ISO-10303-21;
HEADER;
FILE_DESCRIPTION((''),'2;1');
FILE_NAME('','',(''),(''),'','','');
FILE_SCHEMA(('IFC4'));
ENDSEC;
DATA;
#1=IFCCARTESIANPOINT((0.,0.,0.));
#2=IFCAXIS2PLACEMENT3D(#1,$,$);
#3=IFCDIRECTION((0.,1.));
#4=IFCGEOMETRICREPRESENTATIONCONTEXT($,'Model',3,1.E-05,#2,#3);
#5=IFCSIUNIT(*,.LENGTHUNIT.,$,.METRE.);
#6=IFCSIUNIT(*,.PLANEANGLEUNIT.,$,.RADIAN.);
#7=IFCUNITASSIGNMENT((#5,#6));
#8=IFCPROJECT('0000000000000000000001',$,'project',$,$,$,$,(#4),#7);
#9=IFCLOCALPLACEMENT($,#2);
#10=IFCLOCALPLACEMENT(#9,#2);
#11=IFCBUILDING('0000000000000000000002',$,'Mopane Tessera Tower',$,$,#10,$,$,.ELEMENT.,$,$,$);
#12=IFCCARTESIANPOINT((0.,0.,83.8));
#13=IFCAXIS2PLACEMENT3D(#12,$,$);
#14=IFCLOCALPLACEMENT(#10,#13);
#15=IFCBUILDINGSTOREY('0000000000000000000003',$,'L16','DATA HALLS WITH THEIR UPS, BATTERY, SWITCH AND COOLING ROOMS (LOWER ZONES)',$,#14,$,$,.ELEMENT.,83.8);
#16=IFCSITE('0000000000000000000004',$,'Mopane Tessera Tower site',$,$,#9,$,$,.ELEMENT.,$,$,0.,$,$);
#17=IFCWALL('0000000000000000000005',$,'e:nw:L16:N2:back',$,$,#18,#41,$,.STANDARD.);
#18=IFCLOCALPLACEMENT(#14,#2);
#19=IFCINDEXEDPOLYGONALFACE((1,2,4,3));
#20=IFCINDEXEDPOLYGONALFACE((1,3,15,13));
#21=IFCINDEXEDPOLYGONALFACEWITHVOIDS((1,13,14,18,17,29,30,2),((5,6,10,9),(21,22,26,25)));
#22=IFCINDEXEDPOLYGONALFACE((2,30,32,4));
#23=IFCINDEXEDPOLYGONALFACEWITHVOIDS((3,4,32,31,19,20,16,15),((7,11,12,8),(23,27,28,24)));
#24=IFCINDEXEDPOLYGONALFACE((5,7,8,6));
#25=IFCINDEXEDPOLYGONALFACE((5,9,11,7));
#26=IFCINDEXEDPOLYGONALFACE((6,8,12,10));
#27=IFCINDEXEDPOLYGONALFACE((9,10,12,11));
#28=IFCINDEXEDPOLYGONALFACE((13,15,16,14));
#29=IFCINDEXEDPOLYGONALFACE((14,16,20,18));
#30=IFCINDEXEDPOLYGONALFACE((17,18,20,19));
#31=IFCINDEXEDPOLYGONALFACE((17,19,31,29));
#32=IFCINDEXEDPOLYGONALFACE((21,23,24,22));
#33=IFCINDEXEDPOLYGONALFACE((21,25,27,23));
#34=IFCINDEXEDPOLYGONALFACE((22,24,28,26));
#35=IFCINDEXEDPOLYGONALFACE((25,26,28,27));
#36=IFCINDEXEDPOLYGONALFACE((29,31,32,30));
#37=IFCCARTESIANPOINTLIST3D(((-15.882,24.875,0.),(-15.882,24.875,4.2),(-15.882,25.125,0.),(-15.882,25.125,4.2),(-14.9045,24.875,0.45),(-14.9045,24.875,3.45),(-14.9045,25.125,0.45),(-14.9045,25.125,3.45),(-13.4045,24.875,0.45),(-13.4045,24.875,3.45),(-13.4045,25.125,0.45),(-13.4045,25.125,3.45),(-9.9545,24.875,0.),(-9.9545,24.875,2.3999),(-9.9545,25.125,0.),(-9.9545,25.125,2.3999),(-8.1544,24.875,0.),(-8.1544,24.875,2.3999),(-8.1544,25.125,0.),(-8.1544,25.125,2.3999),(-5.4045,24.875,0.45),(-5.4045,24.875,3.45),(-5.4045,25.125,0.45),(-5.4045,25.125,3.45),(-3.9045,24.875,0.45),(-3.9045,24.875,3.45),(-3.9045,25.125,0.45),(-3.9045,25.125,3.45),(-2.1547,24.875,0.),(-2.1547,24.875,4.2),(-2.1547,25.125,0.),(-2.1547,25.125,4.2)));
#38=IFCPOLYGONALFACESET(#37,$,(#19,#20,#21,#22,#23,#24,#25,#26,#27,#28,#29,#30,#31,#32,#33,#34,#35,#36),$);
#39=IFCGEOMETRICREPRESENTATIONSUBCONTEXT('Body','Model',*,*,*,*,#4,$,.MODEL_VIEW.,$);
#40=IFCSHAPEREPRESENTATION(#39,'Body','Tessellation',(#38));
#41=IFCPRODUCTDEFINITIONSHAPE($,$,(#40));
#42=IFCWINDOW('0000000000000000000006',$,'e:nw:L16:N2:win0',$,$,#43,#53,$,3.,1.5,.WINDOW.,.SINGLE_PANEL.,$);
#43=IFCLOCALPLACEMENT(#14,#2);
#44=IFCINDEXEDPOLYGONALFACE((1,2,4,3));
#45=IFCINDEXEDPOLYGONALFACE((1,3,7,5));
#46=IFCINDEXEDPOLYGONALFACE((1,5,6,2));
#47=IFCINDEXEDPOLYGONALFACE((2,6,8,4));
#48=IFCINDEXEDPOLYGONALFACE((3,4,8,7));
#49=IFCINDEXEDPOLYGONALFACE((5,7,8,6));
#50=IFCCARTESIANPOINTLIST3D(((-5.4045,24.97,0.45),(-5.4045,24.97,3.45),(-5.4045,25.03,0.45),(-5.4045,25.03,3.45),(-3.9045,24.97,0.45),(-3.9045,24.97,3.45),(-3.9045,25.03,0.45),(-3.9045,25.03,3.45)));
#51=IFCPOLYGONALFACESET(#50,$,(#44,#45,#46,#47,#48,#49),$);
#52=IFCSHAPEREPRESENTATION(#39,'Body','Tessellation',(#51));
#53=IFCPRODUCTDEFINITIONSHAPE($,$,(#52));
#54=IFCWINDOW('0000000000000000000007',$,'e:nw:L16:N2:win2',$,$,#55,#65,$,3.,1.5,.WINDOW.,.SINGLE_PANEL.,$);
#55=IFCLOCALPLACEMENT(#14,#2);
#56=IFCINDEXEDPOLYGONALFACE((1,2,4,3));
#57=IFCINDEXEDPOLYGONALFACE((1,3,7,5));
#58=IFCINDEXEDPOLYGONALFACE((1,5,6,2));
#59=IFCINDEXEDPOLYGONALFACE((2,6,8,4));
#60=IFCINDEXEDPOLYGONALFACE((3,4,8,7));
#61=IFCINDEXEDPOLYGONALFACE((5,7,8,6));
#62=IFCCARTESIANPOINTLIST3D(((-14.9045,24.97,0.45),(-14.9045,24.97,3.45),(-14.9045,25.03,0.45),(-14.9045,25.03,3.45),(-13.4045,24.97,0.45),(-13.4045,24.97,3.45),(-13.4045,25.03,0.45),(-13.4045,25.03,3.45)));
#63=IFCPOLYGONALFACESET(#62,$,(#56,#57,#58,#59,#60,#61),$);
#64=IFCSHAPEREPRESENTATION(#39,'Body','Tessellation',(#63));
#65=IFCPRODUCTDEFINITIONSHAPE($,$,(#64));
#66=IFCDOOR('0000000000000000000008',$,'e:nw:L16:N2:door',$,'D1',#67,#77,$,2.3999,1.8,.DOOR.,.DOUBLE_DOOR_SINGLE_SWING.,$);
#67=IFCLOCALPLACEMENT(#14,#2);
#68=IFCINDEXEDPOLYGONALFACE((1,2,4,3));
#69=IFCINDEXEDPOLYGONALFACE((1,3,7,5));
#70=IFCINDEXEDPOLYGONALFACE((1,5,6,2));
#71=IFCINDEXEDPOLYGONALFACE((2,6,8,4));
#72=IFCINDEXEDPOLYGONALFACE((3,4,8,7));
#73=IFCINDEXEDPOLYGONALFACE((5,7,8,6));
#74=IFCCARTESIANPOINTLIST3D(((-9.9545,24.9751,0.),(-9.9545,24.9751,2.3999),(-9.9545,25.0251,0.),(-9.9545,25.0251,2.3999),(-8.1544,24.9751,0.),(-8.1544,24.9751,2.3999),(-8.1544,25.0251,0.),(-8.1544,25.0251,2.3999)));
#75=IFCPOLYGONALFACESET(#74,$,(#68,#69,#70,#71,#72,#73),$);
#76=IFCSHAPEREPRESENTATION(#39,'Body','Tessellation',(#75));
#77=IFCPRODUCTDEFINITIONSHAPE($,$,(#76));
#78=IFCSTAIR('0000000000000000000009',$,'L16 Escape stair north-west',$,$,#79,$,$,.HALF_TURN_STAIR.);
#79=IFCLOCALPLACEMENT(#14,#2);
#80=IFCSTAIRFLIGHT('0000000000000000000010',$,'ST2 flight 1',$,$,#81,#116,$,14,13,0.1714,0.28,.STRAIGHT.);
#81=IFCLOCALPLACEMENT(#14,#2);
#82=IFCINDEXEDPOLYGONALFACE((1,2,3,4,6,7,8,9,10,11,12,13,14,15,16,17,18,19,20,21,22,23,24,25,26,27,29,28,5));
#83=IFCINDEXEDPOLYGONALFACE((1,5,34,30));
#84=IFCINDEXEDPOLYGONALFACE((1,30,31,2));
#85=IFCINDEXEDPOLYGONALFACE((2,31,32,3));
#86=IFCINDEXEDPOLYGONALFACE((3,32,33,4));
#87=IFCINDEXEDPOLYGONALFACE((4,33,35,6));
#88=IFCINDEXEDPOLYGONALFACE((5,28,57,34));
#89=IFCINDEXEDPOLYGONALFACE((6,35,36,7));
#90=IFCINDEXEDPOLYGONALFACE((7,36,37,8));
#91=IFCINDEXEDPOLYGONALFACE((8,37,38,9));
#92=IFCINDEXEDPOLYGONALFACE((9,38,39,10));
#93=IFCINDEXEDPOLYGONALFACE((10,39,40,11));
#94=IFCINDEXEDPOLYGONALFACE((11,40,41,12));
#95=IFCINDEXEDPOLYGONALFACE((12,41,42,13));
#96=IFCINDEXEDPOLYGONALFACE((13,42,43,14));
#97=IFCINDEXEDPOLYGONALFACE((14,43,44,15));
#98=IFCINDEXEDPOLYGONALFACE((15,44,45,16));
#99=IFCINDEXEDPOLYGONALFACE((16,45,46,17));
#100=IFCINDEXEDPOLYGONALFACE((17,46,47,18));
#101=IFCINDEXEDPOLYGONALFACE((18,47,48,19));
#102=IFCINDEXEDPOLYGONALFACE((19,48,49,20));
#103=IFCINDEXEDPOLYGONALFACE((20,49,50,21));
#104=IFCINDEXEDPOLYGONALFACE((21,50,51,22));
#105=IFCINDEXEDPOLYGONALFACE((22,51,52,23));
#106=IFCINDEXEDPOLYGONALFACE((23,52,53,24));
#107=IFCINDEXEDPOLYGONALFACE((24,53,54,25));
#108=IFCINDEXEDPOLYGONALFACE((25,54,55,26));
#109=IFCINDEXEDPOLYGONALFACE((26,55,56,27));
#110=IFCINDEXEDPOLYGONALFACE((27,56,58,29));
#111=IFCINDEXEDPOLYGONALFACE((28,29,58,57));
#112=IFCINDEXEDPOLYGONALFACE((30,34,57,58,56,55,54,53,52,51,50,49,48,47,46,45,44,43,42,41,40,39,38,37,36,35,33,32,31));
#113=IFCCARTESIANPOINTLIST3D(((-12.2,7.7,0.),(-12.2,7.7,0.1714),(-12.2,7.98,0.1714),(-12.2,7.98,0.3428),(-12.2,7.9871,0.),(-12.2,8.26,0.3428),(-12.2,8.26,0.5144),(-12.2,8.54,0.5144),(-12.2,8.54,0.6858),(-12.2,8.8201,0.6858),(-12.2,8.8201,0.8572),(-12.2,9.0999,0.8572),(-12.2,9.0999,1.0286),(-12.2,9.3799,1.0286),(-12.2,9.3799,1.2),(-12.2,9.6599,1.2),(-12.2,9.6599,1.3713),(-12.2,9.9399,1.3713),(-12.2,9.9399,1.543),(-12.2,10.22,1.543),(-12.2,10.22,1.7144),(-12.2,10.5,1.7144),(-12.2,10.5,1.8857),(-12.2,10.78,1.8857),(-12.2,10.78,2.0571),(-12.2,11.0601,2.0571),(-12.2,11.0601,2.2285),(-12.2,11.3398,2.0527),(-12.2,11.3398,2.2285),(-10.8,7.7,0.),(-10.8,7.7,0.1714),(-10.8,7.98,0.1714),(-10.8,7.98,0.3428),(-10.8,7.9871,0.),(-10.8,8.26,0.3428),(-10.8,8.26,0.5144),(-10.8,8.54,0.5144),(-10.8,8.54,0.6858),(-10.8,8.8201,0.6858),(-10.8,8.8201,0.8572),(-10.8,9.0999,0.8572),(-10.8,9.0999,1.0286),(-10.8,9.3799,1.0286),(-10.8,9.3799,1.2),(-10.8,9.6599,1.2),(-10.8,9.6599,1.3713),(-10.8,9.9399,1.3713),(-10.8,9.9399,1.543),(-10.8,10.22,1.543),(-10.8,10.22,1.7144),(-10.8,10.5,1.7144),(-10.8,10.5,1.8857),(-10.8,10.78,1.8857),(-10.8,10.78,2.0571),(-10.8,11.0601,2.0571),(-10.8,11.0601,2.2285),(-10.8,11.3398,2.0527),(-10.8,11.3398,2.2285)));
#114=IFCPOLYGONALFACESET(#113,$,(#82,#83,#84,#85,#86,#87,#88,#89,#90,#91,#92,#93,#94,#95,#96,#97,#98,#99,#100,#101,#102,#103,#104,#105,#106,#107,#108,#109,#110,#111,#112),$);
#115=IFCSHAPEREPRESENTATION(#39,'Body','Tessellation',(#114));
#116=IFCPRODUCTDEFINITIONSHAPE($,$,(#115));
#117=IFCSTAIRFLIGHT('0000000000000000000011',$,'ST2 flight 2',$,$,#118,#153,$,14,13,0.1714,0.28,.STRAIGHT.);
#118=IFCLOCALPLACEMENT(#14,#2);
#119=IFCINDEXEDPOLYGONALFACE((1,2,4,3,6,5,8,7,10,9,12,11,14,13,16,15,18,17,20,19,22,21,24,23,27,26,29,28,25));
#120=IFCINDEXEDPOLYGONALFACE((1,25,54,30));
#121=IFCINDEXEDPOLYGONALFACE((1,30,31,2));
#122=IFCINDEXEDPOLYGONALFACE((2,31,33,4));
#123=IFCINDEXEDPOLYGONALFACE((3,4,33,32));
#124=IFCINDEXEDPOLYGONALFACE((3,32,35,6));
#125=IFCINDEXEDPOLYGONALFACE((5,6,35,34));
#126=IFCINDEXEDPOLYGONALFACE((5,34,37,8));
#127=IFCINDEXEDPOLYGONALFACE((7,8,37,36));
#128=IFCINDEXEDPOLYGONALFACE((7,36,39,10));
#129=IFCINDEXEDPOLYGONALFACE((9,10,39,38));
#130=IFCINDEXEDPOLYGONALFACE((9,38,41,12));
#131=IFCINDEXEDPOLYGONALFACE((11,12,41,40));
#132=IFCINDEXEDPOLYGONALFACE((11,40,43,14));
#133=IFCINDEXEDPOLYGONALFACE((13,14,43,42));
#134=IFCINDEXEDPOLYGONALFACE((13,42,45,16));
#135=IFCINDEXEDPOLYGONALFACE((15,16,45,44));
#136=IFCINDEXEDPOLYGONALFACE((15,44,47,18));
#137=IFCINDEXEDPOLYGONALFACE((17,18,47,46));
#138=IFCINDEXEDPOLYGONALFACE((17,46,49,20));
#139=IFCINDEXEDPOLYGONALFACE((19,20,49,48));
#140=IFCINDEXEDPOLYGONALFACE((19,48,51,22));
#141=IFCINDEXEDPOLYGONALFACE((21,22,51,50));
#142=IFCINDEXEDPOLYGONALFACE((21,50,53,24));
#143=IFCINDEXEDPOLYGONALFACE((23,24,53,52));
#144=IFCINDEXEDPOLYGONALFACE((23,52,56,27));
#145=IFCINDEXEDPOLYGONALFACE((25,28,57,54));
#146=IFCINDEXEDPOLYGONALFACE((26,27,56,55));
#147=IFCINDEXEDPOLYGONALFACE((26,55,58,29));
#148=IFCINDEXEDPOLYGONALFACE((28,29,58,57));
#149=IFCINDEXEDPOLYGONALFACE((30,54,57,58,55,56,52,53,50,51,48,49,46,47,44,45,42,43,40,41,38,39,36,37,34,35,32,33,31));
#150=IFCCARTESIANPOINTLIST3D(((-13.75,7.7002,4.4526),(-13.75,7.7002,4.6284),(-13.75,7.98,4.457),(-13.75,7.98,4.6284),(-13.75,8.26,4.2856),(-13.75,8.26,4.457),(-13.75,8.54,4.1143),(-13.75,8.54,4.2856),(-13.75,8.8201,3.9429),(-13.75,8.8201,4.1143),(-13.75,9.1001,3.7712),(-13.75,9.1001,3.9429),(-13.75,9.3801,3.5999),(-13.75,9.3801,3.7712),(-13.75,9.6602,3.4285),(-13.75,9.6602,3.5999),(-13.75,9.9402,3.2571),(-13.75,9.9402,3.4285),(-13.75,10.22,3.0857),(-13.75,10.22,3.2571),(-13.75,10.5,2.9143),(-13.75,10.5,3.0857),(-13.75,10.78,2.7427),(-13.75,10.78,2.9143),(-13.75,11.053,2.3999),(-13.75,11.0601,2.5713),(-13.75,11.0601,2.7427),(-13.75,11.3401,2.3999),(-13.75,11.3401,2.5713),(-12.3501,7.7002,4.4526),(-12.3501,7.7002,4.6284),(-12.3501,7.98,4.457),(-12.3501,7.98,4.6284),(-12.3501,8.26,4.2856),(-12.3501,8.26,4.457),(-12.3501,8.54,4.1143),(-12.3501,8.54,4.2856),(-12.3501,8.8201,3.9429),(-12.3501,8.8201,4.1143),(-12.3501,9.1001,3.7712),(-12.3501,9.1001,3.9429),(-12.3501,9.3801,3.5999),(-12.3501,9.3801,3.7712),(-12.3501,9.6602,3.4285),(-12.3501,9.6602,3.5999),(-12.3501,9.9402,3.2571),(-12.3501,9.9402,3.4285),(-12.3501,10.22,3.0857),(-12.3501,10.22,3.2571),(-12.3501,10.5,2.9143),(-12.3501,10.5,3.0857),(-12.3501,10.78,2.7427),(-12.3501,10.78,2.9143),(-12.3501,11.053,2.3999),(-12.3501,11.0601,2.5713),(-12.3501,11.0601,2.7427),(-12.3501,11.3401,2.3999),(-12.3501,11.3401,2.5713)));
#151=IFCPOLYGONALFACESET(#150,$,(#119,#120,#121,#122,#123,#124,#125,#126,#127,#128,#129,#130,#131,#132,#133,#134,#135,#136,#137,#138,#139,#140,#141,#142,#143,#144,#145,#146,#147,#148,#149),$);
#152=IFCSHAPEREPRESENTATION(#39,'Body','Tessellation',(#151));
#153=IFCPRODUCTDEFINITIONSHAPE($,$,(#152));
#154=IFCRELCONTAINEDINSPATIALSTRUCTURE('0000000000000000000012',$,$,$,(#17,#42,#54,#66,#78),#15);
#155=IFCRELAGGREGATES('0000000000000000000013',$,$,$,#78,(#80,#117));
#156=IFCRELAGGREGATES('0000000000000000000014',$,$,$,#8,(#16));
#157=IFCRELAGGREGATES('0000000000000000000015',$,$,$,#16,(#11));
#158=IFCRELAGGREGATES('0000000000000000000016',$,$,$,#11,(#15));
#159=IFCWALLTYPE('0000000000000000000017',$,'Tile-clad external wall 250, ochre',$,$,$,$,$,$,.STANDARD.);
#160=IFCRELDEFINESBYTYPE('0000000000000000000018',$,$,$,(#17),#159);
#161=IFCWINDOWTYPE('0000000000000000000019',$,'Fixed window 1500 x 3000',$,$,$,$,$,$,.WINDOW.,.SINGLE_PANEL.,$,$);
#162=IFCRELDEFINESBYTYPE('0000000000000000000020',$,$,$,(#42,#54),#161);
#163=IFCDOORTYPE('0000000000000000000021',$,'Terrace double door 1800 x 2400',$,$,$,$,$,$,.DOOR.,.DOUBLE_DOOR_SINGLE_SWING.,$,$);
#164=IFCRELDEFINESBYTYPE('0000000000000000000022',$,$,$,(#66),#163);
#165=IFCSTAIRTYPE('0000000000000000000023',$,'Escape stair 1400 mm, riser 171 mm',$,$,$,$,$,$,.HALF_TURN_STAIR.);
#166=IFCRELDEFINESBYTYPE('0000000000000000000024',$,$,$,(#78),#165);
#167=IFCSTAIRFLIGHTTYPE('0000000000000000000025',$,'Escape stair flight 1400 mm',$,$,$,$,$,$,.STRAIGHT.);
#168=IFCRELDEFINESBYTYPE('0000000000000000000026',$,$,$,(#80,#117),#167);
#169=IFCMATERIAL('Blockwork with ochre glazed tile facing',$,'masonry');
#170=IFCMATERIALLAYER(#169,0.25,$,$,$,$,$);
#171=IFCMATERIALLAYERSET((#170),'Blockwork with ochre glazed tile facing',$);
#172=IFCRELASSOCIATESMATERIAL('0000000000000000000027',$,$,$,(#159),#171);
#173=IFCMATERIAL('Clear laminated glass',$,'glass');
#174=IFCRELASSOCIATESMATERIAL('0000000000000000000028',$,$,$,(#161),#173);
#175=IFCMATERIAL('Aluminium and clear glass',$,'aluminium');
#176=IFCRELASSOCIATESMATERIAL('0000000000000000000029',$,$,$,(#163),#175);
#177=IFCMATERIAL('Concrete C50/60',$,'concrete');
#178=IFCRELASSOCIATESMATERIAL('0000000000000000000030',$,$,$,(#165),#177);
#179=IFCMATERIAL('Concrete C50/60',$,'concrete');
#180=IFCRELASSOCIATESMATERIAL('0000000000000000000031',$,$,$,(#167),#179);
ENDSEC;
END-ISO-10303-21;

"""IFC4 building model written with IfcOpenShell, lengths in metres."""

from ifc_helpers import new_model, si_unit, direction, frame, frame_2d, origin, place, context, subcontext, project, spatial, polyline, rectangle, outline, extrude, material, layer, layer_set, type_object, element, fill, aggregate, save


model = new_model("IFC4")

# Units and contexts
model_context = context("Model", 3, precision=1e-05, world=origin(), true_north=direction((0.0, 1.0)))
body_context = subcontext(model_context, "Body", "Model", "MODEL_VIEW")
ifc_project = project(units=[si_unit("LENGTHUNIT", "METRE"), si_unit("PLANEANGLEUNIT", "RADIAN")], contexts=[model_context])

# Site, building, storey
site_placement = place(None, origin())
site = spatial("IfcSite", under=ifc_project, at=site_placement, Name="Mopane Tessera Tower site", CompositionType="ELEMENT", RefElevation=0.0)
building_placement = place(site_placement, origin())
building = spatial("IfcBuilding", under=site, at=building_placement, Name="Mopane Tessera Tower", CompositionType="ELEMENT")
storey_placement = place(building_placement, frame((0.0, 0.0, 83.8)))
storey = spatial("IfcBuildingStorey", under=building, at=storey_placement, Name="L16", Description="DATA HALLS WITH THEIR UPS, BATTERY, SWITCH AND COOLING ROOMS (LOWER ZONES)", CompositionType="ELEMENT", Elevation=83.8)

# Wall, openings, windows, door
ifc_material_1 = material(Name="Blockwork with ochre glazed tile facing", Category="masonry")
ifc_layer_1 = layer(ifc_material_1, 0.25)
ifc_layer_set_1 = layer_set([ifc_layer_1], Name="Blockwork with ochre glazed tile facing")
wall_type_1 = type_object("IfcWallType", Name="Tile-clad external wall 250, ochre", PredefinedType="STANDARD", material=ifc_layer_set_1)
wall_1_placement = place(storey_placement, frame((-2.1545, 25.0, 0.0), z_axis=(0.0, 0.0, 1.0), x_axis=(-1.0, 0.0, 0.0)))
wall_1 = element("IfcWall", 1, at=wall_1_placement, inside=storey, type_object=wall_type_1, Name="e:nw:L16:N2:back", PredefinedType="STANDARD", context=body_context, shape_type="SweptSolid", body=[
    extrude(rectangle(XDim=13.7273, YDim=0.25, at=frame_2d((6.8638, 0.0))), origin(), (0.0, 0.0, 1.0), 4.2),
])
opening_1_placement = place(wall_1_placement, frame((1.75, 0.0, 0.45)))
opening_1 = element("IfcOpeningElement", 2, at=opening_1_placement, cuts=wall_1, PredefinedType="OPENING", context=body_context, shape_type="SweptSolid", body=[
    extrude(rectangle(XDim=1.5, YDim=3.0, at=frame_2d((0.75, 1.5))), frame((0.0, 0.137, 0.0), z_axis=(0.0, -1.0, 0.0), x_axis=(1.0, 0.0, 0.0)), (0.0, 0.0, 1.0), 0.2739),
])
opening_2_placement = place(wall_1_placement, frame((6.0, 0.0, 0.0)))
opening_2 = element("IfcOpeningElement", 3, at=opening_2_placement, cuts=wall_1, PredefinedType="OPENING", context=body_context, shape_type="SweptSolid", body=[
    extrude(rectangle(XDim=1.8, YDim=2.3999, at=frame_2d((0.8999, 1.2))), frame((0.0, 0.137, 0.0), z_axis=(0.0, -1.0, 0.0), x_axis=(1.0, 0.0, 0.0)), (0.0, 0.0, 1.0), 0.2739),
])
opening_3_placement = place(wall_1_placement, frame((11.25, 0.0, 0.45)))
opening_3 = element("IfcOpeningElement", 4, at=opening_3_placement, cuts=wall_1, PredefinedType="OPENING", context=body_context, shape_type="SweptSolid", body=[
    extrude(rectangle(XDim=1.5, YDim=3.0, at=frame_2d((0.75, 1.5))), frame((0.0, 0.137, 0.0), z_axis=(0.0, -1.0, 0.0), x_axis=(1.0, 0.0, 0.0)), (0.0, 0.0, 1.0), 0.2739),
])
ifc_material_2 = material(Name="Clear laminated glass", Category="glass")
window_type = type_object("IfcWindowType", Name="Fixed window 1500 x 3000", PartitioningType="SINGLE_PANEL", PredefinedType="WINDOW", material=ifc_material_2)
window_1_placement = place(opening_1_placement, origin())
window_1 = element("IfcWindow", 5, at=window_1_placement, inside=storey, type_object=window_type, Name="e:nw:L16:N2:win0", OverallHeight=3.0, OverallWidth=1.5, PartitioningType="SINGLE_PANEL", PredefinedType="WINDOW", context=body_context, shape_type="SweptSolid", body=[
    extrude(rectangle(XDim=1.5, YDim=3.0, at=frame_2d((0.75, 1.5))), frame((0.0, 0.03, 0.0), z_axis=(0.0, -1.0, 0.0), x_axis=(1.0, 0.0, 0.0)), (0.0, 0.0, 1.0), 0.0601),
])
fill(opening_1, window_1)
window_2_placement = place(opening_3_placement, origin())
window_2 = element("IfcWindow", 6, at=window_2_placement, inside=storey, type_object=window_type, Name="e:nw:L16:N2:win2", OverallHeight=3.0, OverallWidth=1.5, PartitioningType="SINGLE_PANEL", PredefinedType="WINDOW", context=body_context, shape_type="SweptSolid", body=[
    extrude(rectangle(XDim=1.5, YDim=3.0, at=frame_2d((0.75, 1.5))), frame((0.0, 0.03, 0.0), z_axis=(0.0, -1.0, 0.0), x_axis=(1.0, 0.0, 0.0)), (0.0, 0.0, 1.0), 0.0601),
])
fill(opening_3, window_2)
ifc_material_3 = material(Name="Aluminium and clear glass", Category="aluminium")
door_type_1 = type_object("IfcDoorType", Name="Terrace double door 1800 x 2400", OperationType="DOUBLE_DOOR_SINGLE_SWING", PredefinedType="DOOR", material=ifc_material_3)
door_1_placement = place(opening_2_placement, origin())
door_1 = element("IfcDoor", 7, at=door_1_placement, inside=storey, type_object=door_type_1, Name="e:nw:L16:N2:door", ObjectType="D1", OperationType="DOUBLE_DOOR_SINGLE_SWING", OverallHeight=2.3999, OverallWidth=1.8, PredefinedType="DOOR", context=body_context, shape_type="SweptSolid", body=[
    extrude(rectangle(XDim=1.8, YDim=2.3999, at=frame_2d((0.8999, 1.2))), frame((0.0, 0.0249, 0.0), z_axis=(0.0, -1.0, 0.0), x_axis=(1.0, 0.0, 0.0)), (0.0, 0.0, 1.0), 0.05),
])
fill(opening_2, door_1)

# Stair, stair flights
ifc_material_4 = material(Name="Concrete C50/60", Category="concrete")
stair_type = type_object("IfcStairType", Name="Escape stair 1400 mm, riser 171 mm", PredefinedType="HALF_TURN_STAIR", material=ifc_material_4)
stair_placement = place(storey_placement, origin())
stair = element("IfcStair", 8, at=stair_placement, inside=storey, type_object=stair_type, Name="L16 Escape stair north-west", PredefinedType="HALF_TURN_STAIR")
ifc_material_5 = material(Name="Concrete C50/60", Category="concrete")
stair_flight_type = type_object("IfcStairFlightType", Name="Escape stair flight 1400 mm", PredefinedType="STRAIGHT", material=ifc_material_5)
stair_flight_1_placement = place(storey_placement, frame((-11.5, 7.7, 0.0), z_axis=(0.0, 0.0, 1.0), x_axis=(0.0, 1.0, 0.0)))
stair_flight_1 = element("IfcStairFlight", 9, at=stair_flight_1_placement, type_object=stair_flight_type, Name="ST2 flight 1", NumberOfRisers=14, NumberOfTreads=13, PredefinedType="STRAIGHT", RiserHeight=0.1714, TreadLength=0.28, context=body_context, shape_type="SweptSolid", body=[
    extrude(outline(polyline([(0.0, 0.0), (0.0, 0.1714), (0.28, 0.1714), (0.28, 0.3428), (0.5601, 0.3428), (0.5601, 0.5144), (0.8401, 0.5144), (0.8401, 0.6858), (1.1201, 0.6858), (1.1201, 0.8572), (1.3999, 0.8572), (1.3999, 1.0286), (1.6799, 1.0286), (1.6799, 1.2), (1.96, 1.2), (1.96, 1.3713), (2.24, 1.3713), (2.24, 1.543), (2.52, 1.543), (2.52, 1.7144), (2.8, 1.7144), (2.8, 1.8857), (3.0801, 1.8857), (3.0801, 2.0571), (3.3601, 2.0571), (3.3601, 2.2285), (3.6399, 2.2285), (3.6399, 2.3999), (3.6399, 2.0527), (0.2871, 0.0), (0.0, 0.0)])), frame((0.0, 0.7, 0.0), z_axis=(0.0, -1.0, 0.0), x_axis=(1.0, 0.0, 0.0)), (0.0, 0.0, 1.0), 1.3999),
])
stair_flight_2_placement = place(storey_placement, frame((-13.05, 11.3401, 2.3999), z_axis=(0.0, 0.0, 1.0), x_axis=(0.0, -1.0, 0.0)))
stair_flight_2 = element("IfcStairFlight", 10, at=stair_flight_2_placement, type_object=stair_flight_type, Name="ST2 flight 2", NumberOfRisers=14, NumberOfTreads=13, PredefinedType="STRAIGHT", RiserHeight=0.1714, TreadLength=0.28, context=body_context, shape_type="SweptSolid", body=[
    extrude(outline(polyline([(0.0, 0.0), (0.0, 0.1714), (0.28, 0.1714), (0.28, 0.3428), (0.5601, 0.3428), (0.5601, 0.5144), (0.8401, 0.5144), (0.8401, 0.6858), (1.1201, 0.6858), (1.1201, 0.8572), (1.3999, 0.8572), (1.3999, 1.0286), (1.6799, 1.0286), (1.6799, 1.2), (1.96, 1.2), (1.96, 1.3713), (2.24, 1.3713), (2.24, 1.543), (2.52, 1.543), (2.52, 1.7144), (2.8, 1.7144), (2.8, 1.8857), (3.0801, 1.8857), (3.0801, 2.0571), (3.3601, 2.0571), (3.3601, 2.2285), (3.6399, 2.2285), (3.6399, 2.3999), (3.6399, 2.0527), (0.2871, 0.0), (0.0, 0.0)])), frame((0.0, 0.7, 0.0), z_axis=(0.0, -1.0, 0.0), x_axis=(1.0, 0.0, 0.0)), (0.0, 0.0, 1.0), 1.3999),
])
aggregate(stair, [stair_flight_1, stair_flight_2])

save(model, "model.ifc")
